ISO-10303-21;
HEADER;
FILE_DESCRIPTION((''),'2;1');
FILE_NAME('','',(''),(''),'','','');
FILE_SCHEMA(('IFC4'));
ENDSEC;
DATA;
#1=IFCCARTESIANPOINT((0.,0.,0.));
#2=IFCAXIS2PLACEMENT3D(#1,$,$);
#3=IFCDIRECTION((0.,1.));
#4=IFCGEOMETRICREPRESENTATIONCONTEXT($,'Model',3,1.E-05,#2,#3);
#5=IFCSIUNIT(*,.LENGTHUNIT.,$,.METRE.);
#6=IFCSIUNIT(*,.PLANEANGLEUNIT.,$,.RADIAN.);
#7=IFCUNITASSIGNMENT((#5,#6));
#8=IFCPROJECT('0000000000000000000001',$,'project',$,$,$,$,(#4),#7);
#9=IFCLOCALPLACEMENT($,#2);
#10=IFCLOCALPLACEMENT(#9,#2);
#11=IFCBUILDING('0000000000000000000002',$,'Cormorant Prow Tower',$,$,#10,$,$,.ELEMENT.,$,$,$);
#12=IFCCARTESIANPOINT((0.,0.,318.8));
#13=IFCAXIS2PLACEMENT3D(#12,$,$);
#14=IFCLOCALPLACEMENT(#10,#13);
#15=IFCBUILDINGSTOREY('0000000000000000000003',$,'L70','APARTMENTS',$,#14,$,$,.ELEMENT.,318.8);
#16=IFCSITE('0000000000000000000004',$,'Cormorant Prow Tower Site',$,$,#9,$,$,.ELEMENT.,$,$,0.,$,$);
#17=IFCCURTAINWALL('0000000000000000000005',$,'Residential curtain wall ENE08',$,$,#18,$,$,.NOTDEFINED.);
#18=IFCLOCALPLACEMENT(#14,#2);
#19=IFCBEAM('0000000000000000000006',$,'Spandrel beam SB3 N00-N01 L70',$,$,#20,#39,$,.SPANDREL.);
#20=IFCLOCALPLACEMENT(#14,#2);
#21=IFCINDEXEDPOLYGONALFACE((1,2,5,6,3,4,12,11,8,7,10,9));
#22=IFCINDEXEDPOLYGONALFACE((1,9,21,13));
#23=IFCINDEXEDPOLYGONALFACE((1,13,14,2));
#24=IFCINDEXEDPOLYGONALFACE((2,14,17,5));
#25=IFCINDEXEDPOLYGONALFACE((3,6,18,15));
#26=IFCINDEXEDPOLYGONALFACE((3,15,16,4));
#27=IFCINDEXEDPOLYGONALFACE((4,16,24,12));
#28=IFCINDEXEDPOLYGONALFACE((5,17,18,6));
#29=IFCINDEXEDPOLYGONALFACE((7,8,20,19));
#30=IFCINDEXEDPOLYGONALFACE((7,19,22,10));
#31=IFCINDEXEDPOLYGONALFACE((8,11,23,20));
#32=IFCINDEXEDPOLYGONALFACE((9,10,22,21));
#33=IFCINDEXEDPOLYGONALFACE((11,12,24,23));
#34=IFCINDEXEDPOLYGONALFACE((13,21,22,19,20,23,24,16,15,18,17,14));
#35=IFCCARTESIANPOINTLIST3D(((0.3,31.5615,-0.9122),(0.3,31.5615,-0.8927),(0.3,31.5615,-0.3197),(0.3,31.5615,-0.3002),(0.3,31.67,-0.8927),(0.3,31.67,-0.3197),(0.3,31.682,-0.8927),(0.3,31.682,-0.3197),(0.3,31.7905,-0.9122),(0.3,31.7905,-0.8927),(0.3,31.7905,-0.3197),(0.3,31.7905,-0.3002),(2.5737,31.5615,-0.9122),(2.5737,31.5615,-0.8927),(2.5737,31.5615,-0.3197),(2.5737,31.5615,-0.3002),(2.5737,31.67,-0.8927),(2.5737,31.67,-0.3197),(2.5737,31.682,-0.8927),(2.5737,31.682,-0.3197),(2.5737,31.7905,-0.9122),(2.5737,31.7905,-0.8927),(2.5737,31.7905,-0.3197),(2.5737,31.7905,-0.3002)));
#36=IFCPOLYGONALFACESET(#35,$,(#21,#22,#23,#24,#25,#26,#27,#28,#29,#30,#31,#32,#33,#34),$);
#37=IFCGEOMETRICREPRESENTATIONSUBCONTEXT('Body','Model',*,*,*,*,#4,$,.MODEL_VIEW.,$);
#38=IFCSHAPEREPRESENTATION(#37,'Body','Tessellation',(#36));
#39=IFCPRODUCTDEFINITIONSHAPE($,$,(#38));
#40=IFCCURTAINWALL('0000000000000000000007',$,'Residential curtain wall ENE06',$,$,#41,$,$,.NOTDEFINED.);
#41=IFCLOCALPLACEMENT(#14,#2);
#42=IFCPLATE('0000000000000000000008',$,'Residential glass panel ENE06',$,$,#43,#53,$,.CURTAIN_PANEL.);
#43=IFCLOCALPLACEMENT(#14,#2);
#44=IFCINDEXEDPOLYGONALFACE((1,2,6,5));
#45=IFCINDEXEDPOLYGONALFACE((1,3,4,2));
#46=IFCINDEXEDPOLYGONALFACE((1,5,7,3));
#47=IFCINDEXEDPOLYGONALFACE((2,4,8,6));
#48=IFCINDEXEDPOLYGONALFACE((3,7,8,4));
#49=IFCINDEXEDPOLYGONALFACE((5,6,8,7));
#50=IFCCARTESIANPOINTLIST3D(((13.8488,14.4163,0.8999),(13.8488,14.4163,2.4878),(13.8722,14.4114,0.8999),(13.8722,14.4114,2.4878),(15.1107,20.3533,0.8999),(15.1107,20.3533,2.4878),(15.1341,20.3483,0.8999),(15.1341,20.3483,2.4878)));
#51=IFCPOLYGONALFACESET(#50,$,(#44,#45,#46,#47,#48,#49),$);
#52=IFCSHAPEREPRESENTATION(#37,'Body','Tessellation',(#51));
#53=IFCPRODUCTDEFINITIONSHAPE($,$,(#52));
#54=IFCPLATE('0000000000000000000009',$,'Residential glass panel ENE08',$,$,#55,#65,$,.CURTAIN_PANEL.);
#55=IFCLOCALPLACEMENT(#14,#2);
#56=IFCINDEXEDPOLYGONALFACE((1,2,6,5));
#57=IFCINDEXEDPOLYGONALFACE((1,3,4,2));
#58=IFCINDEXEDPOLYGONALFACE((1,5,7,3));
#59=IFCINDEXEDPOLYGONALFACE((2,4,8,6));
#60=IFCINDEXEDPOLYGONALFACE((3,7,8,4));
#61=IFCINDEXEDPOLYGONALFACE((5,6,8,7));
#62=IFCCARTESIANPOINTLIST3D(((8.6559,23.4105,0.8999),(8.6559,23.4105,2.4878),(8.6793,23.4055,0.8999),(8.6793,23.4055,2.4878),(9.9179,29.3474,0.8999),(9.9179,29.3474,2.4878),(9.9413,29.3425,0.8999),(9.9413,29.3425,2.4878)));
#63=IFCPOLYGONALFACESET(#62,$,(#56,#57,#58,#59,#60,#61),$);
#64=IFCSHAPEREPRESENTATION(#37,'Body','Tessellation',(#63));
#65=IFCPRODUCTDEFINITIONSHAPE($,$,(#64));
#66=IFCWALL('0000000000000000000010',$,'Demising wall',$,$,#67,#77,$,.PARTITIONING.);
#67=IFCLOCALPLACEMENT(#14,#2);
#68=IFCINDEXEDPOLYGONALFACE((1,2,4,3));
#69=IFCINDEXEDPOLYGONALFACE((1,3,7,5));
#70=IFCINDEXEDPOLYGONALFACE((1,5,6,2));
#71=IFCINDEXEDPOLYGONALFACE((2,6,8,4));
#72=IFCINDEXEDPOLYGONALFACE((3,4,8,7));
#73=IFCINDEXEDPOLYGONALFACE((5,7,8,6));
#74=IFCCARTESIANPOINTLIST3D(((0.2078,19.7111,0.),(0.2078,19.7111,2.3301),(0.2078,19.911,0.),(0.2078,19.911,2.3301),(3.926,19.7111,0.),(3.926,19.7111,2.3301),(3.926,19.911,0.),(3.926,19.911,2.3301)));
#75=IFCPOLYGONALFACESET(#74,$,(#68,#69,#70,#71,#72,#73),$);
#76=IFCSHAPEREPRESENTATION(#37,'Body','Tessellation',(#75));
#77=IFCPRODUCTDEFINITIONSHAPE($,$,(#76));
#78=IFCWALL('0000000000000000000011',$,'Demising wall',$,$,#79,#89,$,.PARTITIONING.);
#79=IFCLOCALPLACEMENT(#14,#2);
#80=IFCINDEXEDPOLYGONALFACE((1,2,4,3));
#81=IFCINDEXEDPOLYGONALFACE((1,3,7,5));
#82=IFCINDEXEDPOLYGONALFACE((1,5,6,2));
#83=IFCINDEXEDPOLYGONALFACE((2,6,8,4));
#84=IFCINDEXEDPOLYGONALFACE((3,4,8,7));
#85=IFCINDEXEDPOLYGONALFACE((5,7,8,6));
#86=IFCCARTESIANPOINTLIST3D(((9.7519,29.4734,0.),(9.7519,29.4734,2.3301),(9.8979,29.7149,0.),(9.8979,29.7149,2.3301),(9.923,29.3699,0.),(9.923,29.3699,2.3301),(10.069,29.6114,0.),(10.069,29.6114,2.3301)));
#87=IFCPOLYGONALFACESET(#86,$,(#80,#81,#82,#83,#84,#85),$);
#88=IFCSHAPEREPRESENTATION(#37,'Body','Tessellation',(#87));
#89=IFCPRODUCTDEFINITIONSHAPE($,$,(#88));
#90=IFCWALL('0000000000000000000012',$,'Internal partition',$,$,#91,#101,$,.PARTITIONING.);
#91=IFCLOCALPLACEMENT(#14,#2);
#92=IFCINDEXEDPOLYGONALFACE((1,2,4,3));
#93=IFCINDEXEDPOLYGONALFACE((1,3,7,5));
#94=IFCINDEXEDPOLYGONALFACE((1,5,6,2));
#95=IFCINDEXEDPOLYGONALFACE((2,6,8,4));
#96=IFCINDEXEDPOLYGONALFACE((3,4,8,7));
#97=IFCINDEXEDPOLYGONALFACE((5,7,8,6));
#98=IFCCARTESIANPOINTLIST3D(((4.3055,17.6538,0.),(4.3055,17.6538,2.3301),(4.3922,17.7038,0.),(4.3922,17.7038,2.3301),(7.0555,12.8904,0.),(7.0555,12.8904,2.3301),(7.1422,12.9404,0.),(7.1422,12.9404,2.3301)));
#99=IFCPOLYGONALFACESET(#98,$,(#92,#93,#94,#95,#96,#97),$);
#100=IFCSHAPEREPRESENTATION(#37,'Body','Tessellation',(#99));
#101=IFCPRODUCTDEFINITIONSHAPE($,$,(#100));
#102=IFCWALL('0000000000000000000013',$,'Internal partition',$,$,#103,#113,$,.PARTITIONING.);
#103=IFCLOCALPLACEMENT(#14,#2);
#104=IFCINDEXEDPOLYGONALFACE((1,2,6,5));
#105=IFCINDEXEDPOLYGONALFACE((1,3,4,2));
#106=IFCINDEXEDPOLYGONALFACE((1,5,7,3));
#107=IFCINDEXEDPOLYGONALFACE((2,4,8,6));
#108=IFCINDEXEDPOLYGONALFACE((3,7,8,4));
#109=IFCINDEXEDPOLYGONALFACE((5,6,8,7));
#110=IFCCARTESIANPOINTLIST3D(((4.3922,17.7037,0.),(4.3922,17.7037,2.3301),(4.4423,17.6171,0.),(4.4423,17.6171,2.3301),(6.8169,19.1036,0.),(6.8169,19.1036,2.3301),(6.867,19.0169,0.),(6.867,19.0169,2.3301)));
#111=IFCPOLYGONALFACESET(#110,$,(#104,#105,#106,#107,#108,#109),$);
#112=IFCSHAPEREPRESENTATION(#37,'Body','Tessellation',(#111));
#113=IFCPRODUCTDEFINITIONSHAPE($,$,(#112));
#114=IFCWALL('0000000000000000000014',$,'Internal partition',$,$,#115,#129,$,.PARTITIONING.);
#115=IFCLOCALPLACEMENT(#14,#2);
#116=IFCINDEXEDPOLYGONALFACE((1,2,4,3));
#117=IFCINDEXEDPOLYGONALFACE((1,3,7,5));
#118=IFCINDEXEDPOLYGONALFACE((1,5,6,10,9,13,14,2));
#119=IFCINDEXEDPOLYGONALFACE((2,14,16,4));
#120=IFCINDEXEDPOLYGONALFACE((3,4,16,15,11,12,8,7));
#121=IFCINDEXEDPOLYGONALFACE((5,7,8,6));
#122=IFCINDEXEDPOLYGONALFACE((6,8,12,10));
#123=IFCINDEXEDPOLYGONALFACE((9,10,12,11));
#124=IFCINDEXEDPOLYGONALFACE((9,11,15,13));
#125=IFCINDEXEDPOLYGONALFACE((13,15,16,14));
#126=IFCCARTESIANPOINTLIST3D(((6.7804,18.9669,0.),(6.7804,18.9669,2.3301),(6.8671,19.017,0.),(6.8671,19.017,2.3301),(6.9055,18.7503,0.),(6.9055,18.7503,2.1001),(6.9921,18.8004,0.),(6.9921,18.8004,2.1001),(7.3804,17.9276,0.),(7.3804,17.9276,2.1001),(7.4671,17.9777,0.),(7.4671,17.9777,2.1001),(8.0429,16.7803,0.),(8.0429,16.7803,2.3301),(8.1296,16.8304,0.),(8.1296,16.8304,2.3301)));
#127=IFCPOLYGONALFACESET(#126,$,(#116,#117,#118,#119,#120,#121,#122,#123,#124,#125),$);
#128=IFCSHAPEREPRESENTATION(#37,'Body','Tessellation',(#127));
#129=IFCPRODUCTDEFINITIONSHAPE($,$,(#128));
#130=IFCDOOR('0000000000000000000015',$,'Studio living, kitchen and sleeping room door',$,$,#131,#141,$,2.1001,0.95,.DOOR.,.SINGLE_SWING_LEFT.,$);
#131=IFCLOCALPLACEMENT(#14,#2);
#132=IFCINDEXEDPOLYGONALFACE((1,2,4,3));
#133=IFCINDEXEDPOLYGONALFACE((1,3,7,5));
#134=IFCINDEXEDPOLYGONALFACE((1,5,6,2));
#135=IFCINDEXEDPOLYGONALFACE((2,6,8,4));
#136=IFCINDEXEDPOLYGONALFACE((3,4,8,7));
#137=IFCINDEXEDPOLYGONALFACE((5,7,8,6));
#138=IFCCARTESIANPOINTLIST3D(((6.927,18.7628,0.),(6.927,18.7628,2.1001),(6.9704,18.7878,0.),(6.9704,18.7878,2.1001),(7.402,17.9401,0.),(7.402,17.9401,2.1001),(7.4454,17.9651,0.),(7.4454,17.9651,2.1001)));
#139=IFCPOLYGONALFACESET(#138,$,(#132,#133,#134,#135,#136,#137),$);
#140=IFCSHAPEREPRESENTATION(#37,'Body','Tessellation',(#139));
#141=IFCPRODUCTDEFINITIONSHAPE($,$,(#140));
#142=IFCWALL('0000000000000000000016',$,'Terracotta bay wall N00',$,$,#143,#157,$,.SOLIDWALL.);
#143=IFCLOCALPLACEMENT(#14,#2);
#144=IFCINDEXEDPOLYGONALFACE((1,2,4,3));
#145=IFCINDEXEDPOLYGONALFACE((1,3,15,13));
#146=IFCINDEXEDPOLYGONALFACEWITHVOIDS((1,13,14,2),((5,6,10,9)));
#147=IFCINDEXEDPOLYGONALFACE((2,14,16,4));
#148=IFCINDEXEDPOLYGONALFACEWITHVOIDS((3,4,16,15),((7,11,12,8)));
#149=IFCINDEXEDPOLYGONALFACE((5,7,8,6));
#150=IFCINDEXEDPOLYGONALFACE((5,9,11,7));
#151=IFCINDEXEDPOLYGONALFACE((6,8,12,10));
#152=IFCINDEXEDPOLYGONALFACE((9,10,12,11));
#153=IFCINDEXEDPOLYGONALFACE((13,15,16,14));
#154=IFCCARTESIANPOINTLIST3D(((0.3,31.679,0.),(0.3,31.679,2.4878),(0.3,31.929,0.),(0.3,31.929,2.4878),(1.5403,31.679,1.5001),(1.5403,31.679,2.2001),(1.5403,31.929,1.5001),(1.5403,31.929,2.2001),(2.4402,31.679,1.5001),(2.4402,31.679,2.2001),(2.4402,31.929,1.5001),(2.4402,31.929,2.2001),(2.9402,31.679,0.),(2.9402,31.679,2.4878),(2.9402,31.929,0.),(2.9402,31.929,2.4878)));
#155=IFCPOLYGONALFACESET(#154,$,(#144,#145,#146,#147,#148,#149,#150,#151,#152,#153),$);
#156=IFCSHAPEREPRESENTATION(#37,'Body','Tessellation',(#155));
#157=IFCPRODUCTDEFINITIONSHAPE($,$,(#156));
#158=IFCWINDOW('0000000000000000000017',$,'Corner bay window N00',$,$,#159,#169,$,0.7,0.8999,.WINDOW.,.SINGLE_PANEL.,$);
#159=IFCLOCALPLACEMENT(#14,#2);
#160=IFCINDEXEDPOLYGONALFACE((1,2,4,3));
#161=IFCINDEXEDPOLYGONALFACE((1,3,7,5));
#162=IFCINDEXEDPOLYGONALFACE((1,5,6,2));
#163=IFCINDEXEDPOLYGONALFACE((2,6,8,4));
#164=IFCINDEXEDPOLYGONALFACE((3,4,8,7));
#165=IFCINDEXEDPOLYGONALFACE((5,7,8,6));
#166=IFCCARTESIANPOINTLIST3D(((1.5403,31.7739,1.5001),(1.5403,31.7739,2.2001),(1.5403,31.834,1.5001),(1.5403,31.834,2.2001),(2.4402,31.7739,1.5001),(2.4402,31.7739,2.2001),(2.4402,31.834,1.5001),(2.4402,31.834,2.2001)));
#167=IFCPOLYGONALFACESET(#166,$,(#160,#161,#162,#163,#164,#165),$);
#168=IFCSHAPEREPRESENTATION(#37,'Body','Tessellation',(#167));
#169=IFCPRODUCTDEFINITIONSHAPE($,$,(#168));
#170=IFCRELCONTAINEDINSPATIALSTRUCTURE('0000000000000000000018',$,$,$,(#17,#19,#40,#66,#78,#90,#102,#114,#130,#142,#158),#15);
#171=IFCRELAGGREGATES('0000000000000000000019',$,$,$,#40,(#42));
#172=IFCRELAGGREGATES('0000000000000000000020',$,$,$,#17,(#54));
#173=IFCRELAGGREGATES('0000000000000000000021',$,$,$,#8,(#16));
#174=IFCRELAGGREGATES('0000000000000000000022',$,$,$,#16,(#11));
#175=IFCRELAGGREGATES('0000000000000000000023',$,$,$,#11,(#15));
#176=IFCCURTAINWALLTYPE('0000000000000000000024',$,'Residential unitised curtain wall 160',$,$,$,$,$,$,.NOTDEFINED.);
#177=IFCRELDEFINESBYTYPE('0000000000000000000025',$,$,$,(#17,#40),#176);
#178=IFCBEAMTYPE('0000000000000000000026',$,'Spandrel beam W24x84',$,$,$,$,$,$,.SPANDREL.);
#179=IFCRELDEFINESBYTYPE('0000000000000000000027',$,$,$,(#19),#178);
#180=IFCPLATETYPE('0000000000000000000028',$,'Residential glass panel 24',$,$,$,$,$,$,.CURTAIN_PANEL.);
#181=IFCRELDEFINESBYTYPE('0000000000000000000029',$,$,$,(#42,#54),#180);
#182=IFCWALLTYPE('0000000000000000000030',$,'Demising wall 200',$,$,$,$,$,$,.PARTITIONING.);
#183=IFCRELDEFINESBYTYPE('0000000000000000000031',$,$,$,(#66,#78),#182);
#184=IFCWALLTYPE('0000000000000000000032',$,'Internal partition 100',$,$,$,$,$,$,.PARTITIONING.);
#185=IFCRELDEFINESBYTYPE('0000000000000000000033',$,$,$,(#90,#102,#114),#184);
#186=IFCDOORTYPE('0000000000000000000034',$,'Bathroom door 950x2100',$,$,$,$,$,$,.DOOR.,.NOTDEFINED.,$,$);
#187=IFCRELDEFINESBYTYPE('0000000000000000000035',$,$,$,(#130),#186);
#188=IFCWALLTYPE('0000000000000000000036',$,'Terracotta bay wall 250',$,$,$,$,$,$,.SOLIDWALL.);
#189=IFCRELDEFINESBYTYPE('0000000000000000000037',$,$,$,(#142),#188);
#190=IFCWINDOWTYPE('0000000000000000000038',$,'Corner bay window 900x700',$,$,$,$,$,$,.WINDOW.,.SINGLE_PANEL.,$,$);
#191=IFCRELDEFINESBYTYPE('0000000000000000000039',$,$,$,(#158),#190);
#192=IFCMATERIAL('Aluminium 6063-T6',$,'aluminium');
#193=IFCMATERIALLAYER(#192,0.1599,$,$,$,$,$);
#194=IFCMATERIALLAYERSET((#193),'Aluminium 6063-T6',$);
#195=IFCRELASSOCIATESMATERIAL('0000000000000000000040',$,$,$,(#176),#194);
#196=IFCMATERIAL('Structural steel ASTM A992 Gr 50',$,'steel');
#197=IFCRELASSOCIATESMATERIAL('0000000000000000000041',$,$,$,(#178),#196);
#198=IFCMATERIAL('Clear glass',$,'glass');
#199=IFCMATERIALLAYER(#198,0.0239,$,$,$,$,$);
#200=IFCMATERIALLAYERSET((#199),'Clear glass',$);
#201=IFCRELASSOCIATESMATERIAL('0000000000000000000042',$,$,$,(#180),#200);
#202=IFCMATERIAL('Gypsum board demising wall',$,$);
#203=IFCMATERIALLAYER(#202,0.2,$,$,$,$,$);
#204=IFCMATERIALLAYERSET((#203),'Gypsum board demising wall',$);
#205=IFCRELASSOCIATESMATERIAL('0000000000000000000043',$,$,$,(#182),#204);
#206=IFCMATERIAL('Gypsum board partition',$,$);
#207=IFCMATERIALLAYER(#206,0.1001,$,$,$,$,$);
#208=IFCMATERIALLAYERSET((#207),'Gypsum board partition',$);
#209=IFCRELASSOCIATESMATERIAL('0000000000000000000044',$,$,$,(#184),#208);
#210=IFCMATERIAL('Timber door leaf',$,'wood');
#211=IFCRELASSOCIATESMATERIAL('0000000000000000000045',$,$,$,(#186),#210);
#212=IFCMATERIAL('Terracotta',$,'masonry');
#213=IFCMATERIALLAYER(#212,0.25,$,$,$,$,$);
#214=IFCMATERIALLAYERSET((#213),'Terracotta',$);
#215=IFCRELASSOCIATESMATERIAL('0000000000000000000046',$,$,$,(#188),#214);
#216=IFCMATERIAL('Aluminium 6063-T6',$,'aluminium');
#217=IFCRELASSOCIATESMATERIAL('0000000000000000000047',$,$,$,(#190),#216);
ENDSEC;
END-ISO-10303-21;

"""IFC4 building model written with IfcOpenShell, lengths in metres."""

from ifc_helpers import new_model, si_unit, direction, frame, frame_2d, origin, origin_2d, place, context, subcontext, project, spatial, rectangle, i_section, extrude, material, layer, layer_set, material_profile, profile_set, type_object, element, fill, aggregate, save


model = new_model("IFC4")

# Units and contexts
model_context = context("Model", 3, precision=1e-05, world=origin(), true_north=direction((0.0, 1.0)))
body_context = subcontext(model_context, "Body", "Model", "MODEL_VIEW")
ifc_project = project(units=[si_unit("LENGTHUNIT", "METRE"), si_unit("PLANEANGLEUNIT", "RADIAN")], contexts=[model_context])

# Site, building, storey
site_placement = place(None, origin())
site = spatial("IfcSite", under=ifc_project, at=site_placement, Name="Cormorant Prow Tower Site", CompositionType="ELEMENT", RefElevation=0.0)
building_placement = place(site_placement, origin())
building = spatial("IfcBuilding", under=site, at=building_placement, Name="Cormorant Prow Tower", CompositionType="ELEMENT")
storey_placement = place(building_placement, frame((0.0, 0.0, 318.8)))
storey = spatial("IfcBuildingStorey", under=building, at=storey_placement, Name="L70", Description="APARTMENTS", CompositionType="ELEMENT", Elevation=318.8)

# Curtain wall
ifc_material_1 = material(Name="Aluminium 6063-T6", Category="aluminium")
ifc_layer_1 = layer(ifc_material_1, 0.1599)
ifc_layer_set_1 = layer_set([ifc_layer_1], Name="Aluminium 6063-T6")
curtain_wall_type = type_object("IfcCurtainWallType", Name="Residential unitised curtain wall 160", PredefinedType="NOTDEFINED", material=ifc_layer_set_1)
curtain_wall_1_placement = place(storey_placement, origin())
curtain_wall_1 = element("IfcCurtainWall", 1, at=curtain_wall_1_placement, inside=storey, type_object=curtain_wall_type, Name="Residential curtain wall ENE08", PredefinedType="NOTDEFINED")

# Beam
ifc_material_2 = material(Name="Structural steel ASTM A992 Gr 50", Category="steel")
ifc_material_profile_1 = material_profile(ifc_material_2, i_section(OverallWidth=0.229, OverallDepth=0.6121, WebThickness=0.012, FlangeThickness=0.0195, at=origin_2d()), Name="W24x84")
ifc_profile_set_1 = profile_set([ifc_material_profile_1], Name="Structural steel ASTM A992 Gr 50")
beam_type = type_object("IfcBeamType", Name="Spandrel beam W24x84", PredefinedType="SPANDREL", material=ifc_profile_set_1)
beam_1_placement = place(storey_placement, frame((2.5737, 31.676, -0.6062), z_axis=(-1.0, 0.0, 0.0), x_axis=(0.0, -1.0, 0.0)))
element("IfcBeam", 2, at=beam_1_placement, inside=storey, type_object=beam_type, Name="Spandrel beam SB3 N00-N01 L70", PredefinedType="SPANDREL", context=body_context, shape_type="SweptSolid", body=[
    extrude(i_section(OverallWidth=0.229, OverallDepth=0.6121, WebThickness=0.012, FlangeThickness=0.0195, at=origin_2d()), origin(), (0.0, 0.0, 1.0), 2.2737),
])

# Curtain wall, plate
curtain_wall_2_placement = place(storey_placement, origin())
curtain_wall_2 = element("IfcCurtainWall", 3, at=curtain_wall_2_placement, inside=storey, type_object=curtain_wall_type, Name="Residential curtain wall ENE06", PredefinedType="NOTDEFINED")
ifc_material_3 = material(Name="Clear glass", Category="glass")
ifc_layer_2 = layer(ifc_material_3, 0.0239)
ifc_layer_set_2 = layer_set([ifc_layer_2], Name="Clear glass")
plate_type = type_object("IfcPlateType", Name="Residential glass panel 24", PredefinedType="CURTAIN_PANEL", material=ifc_layer_set_2)
plate_1_placement = place(storey_placement, frame((14.4915, 17.3823, 0.8999), z_axis=(0.0, 0.0, 1.0), x_axis=(0.207912, 0.978148, 0.0)))
plate_1 = element("IfcPlate", 4, at=plate_1_placement, type_object=plate_type, Name="Residential glass panel ENE06", PredefinedType="CURTAIN_PANEL", context=body_context, shape_type="SweptSolid", body=[
    extrude(rectangle(XDim=6.0696, YDim=0.0239, at=origin_2d()), origin(), (0.0, 0.0, 1.0), 1.5879),
])
aggregate(curtain_wall_2, [plate_1])

# Plate
plate_2_placement = place(storey_placement, frame((9.2986, 26.3765, 0.8999), z_axis=(0.0, 0.0, 1.0), x_axis=(0.207912, 0.978148, 0.0)))
plate_2 = element("IfcPlate", 5, at=plate_2_placement, type_object=plate_type, Name="Residential glass panel ENE08", PredefinedType="CURTAIN_PANEL", context=body_context, shape_type="SweptSolid", body=[
    extrude(rectangle(XDim=6.0696, YDim=0.0239, at=origin_2d()), origin(), (0.0, 0.0, 1.0), 1.5879),
])
aggregate(curtain_wall_1, [plate_2])

# Walls
ifc_material_4 = material(Name="Gypsum board demising wall")
ifc_layer_3 = layer(ifc_material_4, 0.2)
ifc_layer_set_3 = layer_set([ifc_layer_3], Name="Gypsum board demising wall")
wall_type_1 = type_object("IfcWallType", Name="Demising wall 200", PredefinedType="PARTITIONING", material=ifc_layer_set_3)
wall_1_placement = place(storey_placement, frame((0.2078, 19.811, 0.0), z_axis=(0.0, 0.0, 1.0), x_axis=(1.0, 0.0, 0.0)))
element("IfcWall", 6, at=wall_1_placement, inside=storey, type_object=wall_type_1, Name="Demising wall", PredefinedType="PARTITIONING", context=body_context, shape_type="SweptSolid", body=[
    extrude(rectangle(XDim=3.7183, YDim=0.2, at=frame_2d((1.8591, 0.0))), origin(), (0.0, 0.0, 1.0), 2.3301),
])
wall_2_placement = place(storey_placement, frame((9.8374, 29.4216, 0.0), z_axis=(0.0, 0.0, 1.0), x_axis=(0.517419, 0.855732, 0.0)))
element("IfcWall", 7, at=wall_2_placement, inside=storey, type_object=wall_type_1, Name="Demising wall", PredefinedType="PARTITIONING", context=body_context, shape_type="SweptSolid", body=[
    extrude(rectangle(XDim=0.2822, YDim=0.2, at=frame_2d((0.1411, 0.0))), origin(), (0.0, 0.0, 1.0), 2.3301),
])
ifc_material_5 = material(Name="Gypsum board partition")
ifc_layer_4 = layer(ifc_material_5, 0.1001)
ifc_layer_set_4 = layer_set([ifc_layer_4], Name="Gypsum board partition")
wall_type_2 = type_object("IfcWallType", Name="Internal partition 100", PredefinedType="PARTITIONING", material=ifc_layer_set_4)
wall_3_placement = place(storey_placement, frame((4.3489, 17.6787, 0.0), z_axis=(0.0, 0.0, 1.0), x_axis=(0.499977, -0.866038, 0.0)))
element("IfcWall", 8, at=wall_3_placement, inside=storey, type_object=wall_type_2, Name="Internal partition", PredefinedType="PARTITIONING", context=body_context, shape_type="SweptSolid", body=[
    extrude(rectangle(XDim=5.5002, YDim=0.1001, at=frame_2d((2.75, 0.0))), origin(), (0.0, 0.0, 1.0), 2.3301),
])
wall_4_placement = place(storey_placement, frame((4.4172, 17.6604, 0.0), z_axis=(0.0, 0.0, 1.0), x_axis=(0.866035, 0.499984, 0.0)))
element("IfcWall", 9, at=wall_4_placement, inside=storey, type_object=wall_type_2, Name="Internal partition", PredefinedType="PARTITIONING", context=body_context, shape_type="SweptSolid", body=[
    extrude(rectangle(XDim=2.7998, YDim=0.1001, at=frame_2d((1.3999, 0.0))), origin(), (0.0, 0.0, 1.0), 2.3301),
])

# Wall, opening, door
wall_5_placement = place(storey_placement, frame((6.8237, 18.9919, 0.0), z_axis=(0.0, 0.0, 1.0), x_axis=(0.500018, -0.866015, 0.0)))
wall_5 = element("IfcWall", 10, at=wall_5_placement, inside=storey, type_object=wall_type_2, Name="Internal partition", PredefinedType="PARTITIONING", context=body_context, shape_type="SweptSolid", body=[
    extrude(rectangle(XDim=2.5249, YDim=0.1001, at=frame_2d((1.2625, 0.0))), origin(), (0.0, 0.0, 1.0), 2.3301),
])
opening_1_placement = place(wall_5_placement, frame((0.25, 0.0, 0.0)))
opening_1 = element("IfcOpeningElement", 11, at=opening_1_placement, cuts=wall_5, PredefinedType="OPENING", context=body_context, shape_type="SweptSolid", body=[
    extrude(rectangle(XDim=0.95, YDim=2.1001, at=frame_2d((0.4751, 1.05))), frame((0.0, 0.0601, 0.0), z_axis=(0.0, -1.0, 0.0), x_axis=(1.0, 0.0, 0.0)), (0.0, 0.0, 1.0), 0.1201),
])
ifc_material_6 = material(Name="Timber door leaf", Category="wood")
door_type_1 = type_object("IfcDoorType", Name="Bathroom door 950x2100", OperationType="NOTDEFINED", PredefinedType="DOOR", material=ifc_material_6)
door_1_placement = place(opening_1_placement, origin())
door_1 = element("IfcDoor", 12, at=door_1_placement, inside=storey, type_object=door_type_1, Name="Studio living, kitchen and sleeping room door", OperationType="SINGLE_SWING_LEFT", OverallHeight=2.1001, OverallWidth=0.95, PredefinedType="DOOR", context=body_context, shape_type="SweptSolid", body=[
    extrude(rectangle(XDim=0.95, YDim=2.1001, at=frame_2d((0.4751, 1.05))), frame((0.0, 0.0249, 0.0), z_axis=(0.0, -1.0, 0.0), x_axis=(1.0, 0.0, 0.0)), (0.0, 0.0, 1.0), 0.05),
])
fill(opening_1, door_1)

# Wall, opening, window
ifc_material_7 = material(Name="Terracotta", Category="masonry")
ifc_layer_5 = layer(ifc_material_7, 0.25)
ifc_layer_set_5 = layer_set([ifc_layer_5], Name="Terracotta")
wall_type_3 = type_object("IfcWallType", Name="Terracotta bay wall 250", PredefinedType="SOLIDWALL", material=ifc_layer_set_5)
wall_6_placement = place(storey_placement, frame((2.9402, 31.804, 0.0), z_axis=(0.0, 0.0, 1.0), x_axis=(-1.0, 0.0, 0.0)))
wall_6 = element("IfcWall", 13, at=wall_6_placement, inside=storey, type_object=wall_type_3, Name="Terracotta bay wall N00", PredefinedType="SOLIDWALL", context=body_context, shape_type="SweptSolid", body=[
    extrude(rectangle(XDim=2.6401, YDim=0.25, at=frame_2d((1.3201, 0.0))), origin(), (0.0, 0.0, 1.0), 2.4878),
])
opening_2_placement = place(wall_6_placement, frame((0.5, 0.0, 1.5)))
opening_2 = element("IfcOpeningElement", 14, at=opening_2_placement, cuts=wall_6, PredefinedType="OPENING", context=body_context, shape_type="SweptSolid", body=[
    extrude(rectangle(XDim=0.8999, YDim=0.7, at=frame_2d((0.45, 0.3501))), frame((0.0, 0.135, 0.0), z_axis=(0.0, -1.0, 0.0), x_axis=(1.0, 0.0, 0.0)), (0.0, 0.0, 1.0), 0.27),
])
ifc_material_8 = material(Name="Aluminium 6063-T6", Category="aluminium")
window_type = type_object("IfcWindowType", Name="Corner bay window 900x700", PartitioningType="SINGLE_PANEL", PredefinedType="WINDOW", material=ifc_material_8)
window_placement = place(opening_2_placement, origin())
window = element("IfcWindow", 15, at=window_placement, inside=storey, type_object=window_type, Name="Corner bay window N00", OverallHeight=0.7, OverallWidth=0.8999, PartitioningType="SINGLE_PANEL", PredefinedType="WINDOW", context=body_context, shape_type="SweptSolid", body=[
    extrude(rectangle(XDim=0.8999, YDim=0.7, at=frame_2d((0.45, 0.3501))), frame((0.0, 0.03, 0.0), z_axis=(0.0, -1.0, 0.0), x_axis=(1.0, 0.0, 0.0)), (0.0, 0.0, 1.0), 0.0601),
])
fill(opening_2, window)

save(model, "model.ifc")
